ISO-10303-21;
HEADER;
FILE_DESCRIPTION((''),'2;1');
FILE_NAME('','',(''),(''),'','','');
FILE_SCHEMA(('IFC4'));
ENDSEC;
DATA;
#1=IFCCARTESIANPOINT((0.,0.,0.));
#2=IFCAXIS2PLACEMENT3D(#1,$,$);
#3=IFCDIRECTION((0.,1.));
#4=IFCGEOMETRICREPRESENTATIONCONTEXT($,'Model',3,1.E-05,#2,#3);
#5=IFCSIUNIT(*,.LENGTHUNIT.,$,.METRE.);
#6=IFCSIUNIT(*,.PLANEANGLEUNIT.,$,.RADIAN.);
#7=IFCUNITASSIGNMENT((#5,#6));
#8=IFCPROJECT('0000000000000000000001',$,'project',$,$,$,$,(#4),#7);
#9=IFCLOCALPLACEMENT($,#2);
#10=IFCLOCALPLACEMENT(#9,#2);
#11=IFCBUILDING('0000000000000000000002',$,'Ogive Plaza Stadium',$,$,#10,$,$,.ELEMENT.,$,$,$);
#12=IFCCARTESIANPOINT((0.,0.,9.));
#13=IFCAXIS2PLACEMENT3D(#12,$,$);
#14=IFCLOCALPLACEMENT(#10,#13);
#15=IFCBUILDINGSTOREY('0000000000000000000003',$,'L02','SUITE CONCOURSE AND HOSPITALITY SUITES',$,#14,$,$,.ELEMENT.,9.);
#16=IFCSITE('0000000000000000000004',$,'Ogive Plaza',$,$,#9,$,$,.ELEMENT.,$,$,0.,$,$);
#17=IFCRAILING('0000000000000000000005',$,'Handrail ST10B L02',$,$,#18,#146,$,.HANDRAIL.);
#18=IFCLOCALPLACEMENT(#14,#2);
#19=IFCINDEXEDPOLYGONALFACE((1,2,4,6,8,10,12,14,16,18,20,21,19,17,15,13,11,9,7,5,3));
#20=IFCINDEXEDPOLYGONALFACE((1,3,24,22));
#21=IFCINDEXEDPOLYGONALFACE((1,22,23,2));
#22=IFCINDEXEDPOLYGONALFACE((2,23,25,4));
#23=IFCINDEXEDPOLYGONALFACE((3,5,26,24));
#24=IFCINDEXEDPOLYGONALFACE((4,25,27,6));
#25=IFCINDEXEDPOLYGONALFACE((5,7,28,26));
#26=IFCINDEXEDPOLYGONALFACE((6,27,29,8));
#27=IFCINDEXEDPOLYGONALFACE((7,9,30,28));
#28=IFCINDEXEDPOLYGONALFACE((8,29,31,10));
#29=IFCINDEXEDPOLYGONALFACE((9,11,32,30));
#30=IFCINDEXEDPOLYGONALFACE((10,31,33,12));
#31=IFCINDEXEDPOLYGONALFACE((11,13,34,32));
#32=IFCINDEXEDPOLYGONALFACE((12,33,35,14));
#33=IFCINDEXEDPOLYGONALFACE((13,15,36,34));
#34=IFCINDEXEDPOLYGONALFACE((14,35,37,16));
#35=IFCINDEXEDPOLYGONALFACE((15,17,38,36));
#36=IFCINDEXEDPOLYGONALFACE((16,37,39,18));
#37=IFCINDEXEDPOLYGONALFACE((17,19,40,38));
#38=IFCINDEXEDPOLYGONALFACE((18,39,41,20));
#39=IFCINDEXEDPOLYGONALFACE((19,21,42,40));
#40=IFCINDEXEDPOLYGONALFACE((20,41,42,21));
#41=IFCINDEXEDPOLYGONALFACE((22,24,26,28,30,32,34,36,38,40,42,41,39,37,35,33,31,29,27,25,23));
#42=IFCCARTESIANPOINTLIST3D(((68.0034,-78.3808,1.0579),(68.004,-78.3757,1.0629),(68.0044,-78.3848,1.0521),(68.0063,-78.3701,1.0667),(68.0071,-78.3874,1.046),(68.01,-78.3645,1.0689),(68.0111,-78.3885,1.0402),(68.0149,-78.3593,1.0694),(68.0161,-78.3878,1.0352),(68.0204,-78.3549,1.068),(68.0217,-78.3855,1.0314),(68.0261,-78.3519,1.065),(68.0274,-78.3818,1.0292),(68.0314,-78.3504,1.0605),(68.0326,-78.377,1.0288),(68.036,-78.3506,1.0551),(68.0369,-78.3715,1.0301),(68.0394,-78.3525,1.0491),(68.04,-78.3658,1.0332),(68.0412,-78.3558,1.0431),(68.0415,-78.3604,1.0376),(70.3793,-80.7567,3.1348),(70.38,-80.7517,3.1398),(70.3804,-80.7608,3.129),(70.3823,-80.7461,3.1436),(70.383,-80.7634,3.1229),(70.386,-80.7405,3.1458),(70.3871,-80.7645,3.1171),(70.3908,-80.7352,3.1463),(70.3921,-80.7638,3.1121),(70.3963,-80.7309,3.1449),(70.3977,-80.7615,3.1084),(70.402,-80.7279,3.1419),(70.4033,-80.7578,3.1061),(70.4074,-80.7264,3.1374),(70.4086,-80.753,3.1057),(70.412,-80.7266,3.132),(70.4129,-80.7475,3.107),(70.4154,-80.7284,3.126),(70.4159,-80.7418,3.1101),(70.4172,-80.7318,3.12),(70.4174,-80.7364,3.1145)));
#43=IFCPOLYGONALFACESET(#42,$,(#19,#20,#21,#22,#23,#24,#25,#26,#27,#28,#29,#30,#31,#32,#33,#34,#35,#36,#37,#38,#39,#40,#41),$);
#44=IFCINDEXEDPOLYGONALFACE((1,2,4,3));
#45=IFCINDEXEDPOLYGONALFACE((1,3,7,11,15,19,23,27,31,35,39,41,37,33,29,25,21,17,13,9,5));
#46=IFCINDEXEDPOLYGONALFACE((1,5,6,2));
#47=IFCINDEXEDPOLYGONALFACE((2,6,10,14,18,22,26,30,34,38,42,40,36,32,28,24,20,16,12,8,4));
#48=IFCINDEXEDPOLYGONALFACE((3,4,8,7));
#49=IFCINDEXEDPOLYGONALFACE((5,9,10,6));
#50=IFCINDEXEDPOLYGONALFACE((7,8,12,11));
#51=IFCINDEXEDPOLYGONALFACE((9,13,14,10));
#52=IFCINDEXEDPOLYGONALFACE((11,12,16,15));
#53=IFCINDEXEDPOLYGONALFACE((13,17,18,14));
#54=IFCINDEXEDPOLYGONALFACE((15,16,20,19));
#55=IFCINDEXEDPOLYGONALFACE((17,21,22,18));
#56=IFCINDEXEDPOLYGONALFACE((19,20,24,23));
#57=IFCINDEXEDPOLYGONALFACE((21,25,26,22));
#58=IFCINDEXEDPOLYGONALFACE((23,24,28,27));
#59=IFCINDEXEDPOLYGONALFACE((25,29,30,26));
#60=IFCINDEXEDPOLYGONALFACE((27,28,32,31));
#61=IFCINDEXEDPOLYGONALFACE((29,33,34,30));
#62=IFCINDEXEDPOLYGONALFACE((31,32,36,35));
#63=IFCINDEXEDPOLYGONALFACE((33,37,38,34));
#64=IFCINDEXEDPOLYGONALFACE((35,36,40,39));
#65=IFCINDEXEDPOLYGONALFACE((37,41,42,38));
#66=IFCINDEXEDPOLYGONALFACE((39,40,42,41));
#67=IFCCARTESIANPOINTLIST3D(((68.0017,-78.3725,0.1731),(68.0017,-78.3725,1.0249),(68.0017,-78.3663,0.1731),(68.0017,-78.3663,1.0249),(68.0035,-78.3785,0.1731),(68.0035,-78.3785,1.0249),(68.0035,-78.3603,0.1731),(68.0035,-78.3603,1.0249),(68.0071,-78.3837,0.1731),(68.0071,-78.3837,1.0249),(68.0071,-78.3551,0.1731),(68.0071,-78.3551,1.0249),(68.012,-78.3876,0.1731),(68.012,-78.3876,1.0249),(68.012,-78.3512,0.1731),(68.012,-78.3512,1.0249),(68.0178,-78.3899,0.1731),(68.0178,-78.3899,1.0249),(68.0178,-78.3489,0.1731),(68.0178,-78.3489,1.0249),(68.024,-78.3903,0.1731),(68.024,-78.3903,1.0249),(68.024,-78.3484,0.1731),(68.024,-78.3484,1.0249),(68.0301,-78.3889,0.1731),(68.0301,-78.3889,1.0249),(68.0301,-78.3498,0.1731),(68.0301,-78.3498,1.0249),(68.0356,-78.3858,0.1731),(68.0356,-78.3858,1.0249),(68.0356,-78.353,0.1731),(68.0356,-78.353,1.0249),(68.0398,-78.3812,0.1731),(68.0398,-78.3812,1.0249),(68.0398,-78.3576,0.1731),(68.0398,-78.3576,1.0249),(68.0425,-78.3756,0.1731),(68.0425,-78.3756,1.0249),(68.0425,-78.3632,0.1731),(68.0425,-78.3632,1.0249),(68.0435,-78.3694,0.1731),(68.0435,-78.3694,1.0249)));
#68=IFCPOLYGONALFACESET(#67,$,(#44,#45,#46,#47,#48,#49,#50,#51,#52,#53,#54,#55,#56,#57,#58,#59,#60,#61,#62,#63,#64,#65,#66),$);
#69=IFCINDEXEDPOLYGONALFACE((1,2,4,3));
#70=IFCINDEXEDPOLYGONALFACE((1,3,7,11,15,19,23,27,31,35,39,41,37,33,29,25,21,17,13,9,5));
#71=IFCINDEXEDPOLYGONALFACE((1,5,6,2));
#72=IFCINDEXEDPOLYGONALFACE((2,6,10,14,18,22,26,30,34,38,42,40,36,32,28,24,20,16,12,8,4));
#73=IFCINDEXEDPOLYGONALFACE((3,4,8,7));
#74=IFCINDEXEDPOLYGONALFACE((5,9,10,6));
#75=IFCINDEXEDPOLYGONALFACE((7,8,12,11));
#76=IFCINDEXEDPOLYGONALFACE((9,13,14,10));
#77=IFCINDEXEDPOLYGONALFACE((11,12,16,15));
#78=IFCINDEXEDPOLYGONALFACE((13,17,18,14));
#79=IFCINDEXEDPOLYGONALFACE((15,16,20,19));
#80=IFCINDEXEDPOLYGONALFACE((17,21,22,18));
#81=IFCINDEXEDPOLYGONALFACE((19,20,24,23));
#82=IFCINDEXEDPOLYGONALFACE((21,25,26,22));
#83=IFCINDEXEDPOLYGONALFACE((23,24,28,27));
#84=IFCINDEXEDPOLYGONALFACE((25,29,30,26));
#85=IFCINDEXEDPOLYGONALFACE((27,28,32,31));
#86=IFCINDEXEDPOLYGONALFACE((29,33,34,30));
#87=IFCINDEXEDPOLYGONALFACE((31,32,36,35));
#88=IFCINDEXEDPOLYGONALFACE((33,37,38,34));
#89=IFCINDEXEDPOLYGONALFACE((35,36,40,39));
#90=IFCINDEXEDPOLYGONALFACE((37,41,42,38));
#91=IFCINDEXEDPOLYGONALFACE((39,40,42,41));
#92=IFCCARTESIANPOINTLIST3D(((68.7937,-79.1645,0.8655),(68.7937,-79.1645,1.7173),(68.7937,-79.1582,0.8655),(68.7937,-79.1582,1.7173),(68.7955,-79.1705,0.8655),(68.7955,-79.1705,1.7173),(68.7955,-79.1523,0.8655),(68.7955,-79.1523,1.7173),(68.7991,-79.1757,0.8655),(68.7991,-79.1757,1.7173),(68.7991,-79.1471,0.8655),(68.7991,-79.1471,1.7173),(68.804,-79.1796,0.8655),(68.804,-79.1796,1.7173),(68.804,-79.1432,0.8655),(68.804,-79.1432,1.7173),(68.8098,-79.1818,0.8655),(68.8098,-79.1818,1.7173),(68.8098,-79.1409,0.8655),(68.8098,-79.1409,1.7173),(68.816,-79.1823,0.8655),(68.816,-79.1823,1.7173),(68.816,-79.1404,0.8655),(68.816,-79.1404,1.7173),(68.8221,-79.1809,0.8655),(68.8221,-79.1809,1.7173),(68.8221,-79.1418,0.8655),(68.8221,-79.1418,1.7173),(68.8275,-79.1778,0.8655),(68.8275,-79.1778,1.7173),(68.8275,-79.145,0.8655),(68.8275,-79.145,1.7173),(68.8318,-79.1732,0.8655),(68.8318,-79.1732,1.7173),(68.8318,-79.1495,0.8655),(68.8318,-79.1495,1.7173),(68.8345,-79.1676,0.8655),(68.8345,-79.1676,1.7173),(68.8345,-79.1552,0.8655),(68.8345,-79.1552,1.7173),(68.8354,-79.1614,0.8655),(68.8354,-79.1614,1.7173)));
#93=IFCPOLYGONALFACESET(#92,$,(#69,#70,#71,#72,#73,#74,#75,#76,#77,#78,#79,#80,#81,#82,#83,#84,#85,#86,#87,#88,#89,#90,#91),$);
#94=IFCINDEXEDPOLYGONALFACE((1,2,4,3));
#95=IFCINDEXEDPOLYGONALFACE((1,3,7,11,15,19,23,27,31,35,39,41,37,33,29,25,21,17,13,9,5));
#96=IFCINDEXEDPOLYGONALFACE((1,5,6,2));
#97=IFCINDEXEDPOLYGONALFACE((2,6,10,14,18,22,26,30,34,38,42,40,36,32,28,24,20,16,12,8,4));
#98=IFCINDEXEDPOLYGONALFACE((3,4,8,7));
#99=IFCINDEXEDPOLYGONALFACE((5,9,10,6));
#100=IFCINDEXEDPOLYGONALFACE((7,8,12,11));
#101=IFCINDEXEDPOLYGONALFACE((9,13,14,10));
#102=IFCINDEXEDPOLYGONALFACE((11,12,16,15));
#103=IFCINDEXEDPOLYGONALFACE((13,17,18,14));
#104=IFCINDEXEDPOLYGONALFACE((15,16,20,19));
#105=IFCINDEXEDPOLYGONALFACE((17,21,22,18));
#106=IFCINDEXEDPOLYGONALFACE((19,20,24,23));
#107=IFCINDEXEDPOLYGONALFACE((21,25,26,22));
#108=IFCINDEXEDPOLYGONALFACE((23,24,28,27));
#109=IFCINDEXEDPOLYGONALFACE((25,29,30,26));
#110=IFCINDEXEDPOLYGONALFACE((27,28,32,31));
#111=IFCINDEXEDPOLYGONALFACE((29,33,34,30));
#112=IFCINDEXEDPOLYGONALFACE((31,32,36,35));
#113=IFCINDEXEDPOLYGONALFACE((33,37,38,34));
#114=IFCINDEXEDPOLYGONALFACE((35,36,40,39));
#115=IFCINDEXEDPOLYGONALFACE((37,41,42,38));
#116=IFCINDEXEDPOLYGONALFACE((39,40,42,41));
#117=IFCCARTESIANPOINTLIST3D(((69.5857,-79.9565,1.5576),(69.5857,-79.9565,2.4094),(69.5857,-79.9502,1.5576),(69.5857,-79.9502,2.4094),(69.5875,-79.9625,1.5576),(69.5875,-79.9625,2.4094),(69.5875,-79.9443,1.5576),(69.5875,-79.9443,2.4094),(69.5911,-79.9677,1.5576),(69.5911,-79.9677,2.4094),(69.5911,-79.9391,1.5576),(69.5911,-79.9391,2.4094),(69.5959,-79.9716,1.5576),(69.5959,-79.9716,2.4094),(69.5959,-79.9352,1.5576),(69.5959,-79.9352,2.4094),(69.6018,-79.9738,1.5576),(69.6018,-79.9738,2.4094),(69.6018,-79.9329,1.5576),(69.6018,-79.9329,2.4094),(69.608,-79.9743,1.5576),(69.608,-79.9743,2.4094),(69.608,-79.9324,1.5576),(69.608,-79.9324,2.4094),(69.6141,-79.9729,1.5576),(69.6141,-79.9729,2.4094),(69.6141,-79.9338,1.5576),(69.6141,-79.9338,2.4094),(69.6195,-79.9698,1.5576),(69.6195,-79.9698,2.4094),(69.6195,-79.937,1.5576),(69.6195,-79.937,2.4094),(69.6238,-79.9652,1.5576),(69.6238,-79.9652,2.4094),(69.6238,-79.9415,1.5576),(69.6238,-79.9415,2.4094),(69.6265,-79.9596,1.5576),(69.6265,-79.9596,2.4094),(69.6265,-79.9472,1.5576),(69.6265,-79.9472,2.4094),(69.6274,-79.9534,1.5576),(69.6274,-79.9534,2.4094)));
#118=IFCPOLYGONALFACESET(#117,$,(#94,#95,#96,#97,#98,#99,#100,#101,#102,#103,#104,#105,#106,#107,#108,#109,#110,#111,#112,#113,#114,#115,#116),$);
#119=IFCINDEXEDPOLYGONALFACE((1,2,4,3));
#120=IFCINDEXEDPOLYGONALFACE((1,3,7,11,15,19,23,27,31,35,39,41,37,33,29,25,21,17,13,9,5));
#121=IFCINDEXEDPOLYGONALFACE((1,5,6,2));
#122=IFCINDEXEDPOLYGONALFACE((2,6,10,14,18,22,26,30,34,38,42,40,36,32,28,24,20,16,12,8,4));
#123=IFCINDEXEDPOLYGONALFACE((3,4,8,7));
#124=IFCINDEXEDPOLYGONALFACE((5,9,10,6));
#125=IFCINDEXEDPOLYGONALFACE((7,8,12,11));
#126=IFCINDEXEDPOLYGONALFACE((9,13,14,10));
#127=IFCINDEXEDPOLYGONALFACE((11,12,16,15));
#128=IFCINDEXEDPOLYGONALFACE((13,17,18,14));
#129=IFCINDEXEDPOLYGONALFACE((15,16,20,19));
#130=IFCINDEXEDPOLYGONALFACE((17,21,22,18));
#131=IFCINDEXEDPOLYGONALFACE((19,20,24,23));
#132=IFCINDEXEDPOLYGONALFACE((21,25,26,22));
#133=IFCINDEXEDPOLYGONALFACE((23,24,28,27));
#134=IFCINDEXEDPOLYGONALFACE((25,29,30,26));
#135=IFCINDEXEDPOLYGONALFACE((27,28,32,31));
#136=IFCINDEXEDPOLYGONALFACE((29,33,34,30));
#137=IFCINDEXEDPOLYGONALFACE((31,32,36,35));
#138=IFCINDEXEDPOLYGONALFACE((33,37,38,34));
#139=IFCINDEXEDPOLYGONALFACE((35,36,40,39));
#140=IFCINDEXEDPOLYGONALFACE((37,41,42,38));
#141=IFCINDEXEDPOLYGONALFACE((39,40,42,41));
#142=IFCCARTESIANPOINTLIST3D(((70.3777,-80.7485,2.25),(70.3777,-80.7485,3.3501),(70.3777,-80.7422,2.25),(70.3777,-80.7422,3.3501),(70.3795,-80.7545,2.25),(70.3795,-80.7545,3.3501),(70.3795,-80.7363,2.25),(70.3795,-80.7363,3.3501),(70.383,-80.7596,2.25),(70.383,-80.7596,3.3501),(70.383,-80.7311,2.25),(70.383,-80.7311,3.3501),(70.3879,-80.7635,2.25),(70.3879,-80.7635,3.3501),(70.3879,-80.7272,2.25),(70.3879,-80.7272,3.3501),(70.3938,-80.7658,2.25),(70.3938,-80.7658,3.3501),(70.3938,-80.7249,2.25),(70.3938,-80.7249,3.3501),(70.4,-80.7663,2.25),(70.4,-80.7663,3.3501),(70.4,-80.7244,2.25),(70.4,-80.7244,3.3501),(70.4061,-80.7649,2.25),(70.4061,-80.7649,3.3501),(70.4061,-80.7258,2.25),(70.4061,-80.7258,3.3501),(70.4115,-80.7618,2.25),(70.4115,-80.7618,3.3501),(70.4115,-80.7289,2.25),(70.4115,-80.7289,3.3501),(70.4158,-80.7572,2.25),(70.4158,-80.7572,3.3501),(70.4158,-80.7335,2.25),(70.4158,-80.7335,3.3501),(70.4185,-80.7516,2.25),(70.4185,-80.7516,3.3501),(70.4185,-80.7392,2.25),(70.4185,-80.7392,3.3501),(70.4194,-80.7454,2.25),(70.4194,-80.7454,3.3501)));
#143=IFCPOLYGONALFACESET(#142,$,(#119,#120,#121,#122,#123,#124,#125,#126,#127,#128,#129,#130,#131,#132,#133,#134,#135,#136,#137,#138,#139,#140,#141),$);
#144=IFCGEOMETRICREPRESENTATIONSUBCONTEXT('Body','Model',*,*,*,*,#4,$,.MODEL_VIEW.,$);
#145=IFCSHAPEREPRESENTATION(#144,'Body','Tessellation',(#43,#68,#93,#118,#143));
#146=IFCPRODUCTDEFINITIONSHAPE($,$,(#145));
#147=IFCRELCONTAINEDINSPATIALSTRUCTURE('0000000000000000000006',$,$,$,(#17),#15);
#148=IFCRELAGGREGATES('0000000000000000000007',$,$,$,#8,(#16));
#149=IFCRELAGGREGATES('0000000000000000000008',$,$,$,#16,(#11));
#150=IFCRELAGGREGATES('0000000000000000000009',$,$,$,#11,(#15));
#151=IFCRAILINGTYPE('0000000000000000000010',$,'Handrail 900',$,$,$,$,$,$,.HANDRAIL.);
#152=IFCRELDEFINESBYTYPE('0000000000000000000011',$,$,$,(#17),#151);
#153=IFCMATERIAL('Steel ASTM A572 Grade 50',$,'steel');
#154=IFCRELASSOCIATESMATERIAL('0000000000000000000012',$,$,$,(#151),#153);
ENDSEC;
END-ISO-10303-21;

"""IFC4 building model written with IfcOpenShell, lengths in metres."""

from ifc_helpers import new_model, si_unit, direction, frame, origin, origin_2d, place, context, subcontext, project, spatial, circle, extrude, material, type_object, element, save


model = new_model("IFC4")

# Units and contexts
model_context = context("Model", 3, precision=1e-05, world=origin(), true_north=direction((0.0, 1.0)))
body_context = subcontext(model_context, "Body", "Model", "MODEL_VIEW")
ifc_project = project(units=[si_unit("LENGTHUNIT", "METRE"), si_unit("PLANEANGLEUNIT", "RADIAN")], contexts=[model_context])

# Site, building, storey
site_placement = place(None, origin())
site = spatial("IfcSite", under=ifc_project, at=site_placement, Name="Ogive Plaza", CompositionType="ELEMENT", RefElevation=0.0)
building_placement = place(site_placement, origin())
building = spatial("IfcBuilding", under=site, at=building_placement, Name="Ogive Plaza Stadium", CompositionType="ELEMENT")
storey_placement = place(building_placement, frame((0.0, 0.0, 9.0)))
storey = spatial("IfcBuildingStorey", under=building, at=storey_placement, Name="L02", Description="SUITE CONCOURSE AND HOSPITALITY SUITES", CompositionType="ELEMENT", Elevation=9.0)

# Railing
ifc_material_1 = material(Name="Steel ASTM A572 Grade 50", Category="steel")
railing_type_1 = type_object("IfcRailingType", Name="Handrail 900", PredefinedType="HANDRAIL", material=ifc_material_1)
railing_1_placement = place(storey_placement, frame((68.0225, -78.3694, 0.1731)))
element("IfcRailing", 1, at=railing_1_placement, inside=storey, type_object=railing_type_1, Name="Handrail ST10B L02", PredefinedType="HANDRAIL", context=body_context, shape_type="SweptSolid", body=[
    extrude(circle(Radius=0.0239, at=origin_2d()), frame((0.0, 0.0, 0.876), z_axis=(0.601483, -0.601483, 0.525772), x_axis=(0.707107, 0.707107, 0.0)), (0.0, 0.0, 1.0), 3.9502),
    extrude(circle(Radius=0.021, at=origin_2d()), origin(), (0.0, 0.0, 1.0), 0.8518),
    extrude(circle(Radius=0.021, at=origin_2d()), frame((0.792, -0.792, 0.6924)), (0.0, 0.0, 1.0), 0.8518),
    extrude(circle(Radius=0.021, at=origin_2d()), frame((1.584, -1.584, 1.3845)), (0.0, 0.0, 1.0), 0.8518),
    extrude(circle(Radius=0.021, at=origin_2d()), frame((2.376, -2.376, 2.0769)), (0.0, 0.0, 1.0), 1.1001),
])

save(model, "model.ifc")
